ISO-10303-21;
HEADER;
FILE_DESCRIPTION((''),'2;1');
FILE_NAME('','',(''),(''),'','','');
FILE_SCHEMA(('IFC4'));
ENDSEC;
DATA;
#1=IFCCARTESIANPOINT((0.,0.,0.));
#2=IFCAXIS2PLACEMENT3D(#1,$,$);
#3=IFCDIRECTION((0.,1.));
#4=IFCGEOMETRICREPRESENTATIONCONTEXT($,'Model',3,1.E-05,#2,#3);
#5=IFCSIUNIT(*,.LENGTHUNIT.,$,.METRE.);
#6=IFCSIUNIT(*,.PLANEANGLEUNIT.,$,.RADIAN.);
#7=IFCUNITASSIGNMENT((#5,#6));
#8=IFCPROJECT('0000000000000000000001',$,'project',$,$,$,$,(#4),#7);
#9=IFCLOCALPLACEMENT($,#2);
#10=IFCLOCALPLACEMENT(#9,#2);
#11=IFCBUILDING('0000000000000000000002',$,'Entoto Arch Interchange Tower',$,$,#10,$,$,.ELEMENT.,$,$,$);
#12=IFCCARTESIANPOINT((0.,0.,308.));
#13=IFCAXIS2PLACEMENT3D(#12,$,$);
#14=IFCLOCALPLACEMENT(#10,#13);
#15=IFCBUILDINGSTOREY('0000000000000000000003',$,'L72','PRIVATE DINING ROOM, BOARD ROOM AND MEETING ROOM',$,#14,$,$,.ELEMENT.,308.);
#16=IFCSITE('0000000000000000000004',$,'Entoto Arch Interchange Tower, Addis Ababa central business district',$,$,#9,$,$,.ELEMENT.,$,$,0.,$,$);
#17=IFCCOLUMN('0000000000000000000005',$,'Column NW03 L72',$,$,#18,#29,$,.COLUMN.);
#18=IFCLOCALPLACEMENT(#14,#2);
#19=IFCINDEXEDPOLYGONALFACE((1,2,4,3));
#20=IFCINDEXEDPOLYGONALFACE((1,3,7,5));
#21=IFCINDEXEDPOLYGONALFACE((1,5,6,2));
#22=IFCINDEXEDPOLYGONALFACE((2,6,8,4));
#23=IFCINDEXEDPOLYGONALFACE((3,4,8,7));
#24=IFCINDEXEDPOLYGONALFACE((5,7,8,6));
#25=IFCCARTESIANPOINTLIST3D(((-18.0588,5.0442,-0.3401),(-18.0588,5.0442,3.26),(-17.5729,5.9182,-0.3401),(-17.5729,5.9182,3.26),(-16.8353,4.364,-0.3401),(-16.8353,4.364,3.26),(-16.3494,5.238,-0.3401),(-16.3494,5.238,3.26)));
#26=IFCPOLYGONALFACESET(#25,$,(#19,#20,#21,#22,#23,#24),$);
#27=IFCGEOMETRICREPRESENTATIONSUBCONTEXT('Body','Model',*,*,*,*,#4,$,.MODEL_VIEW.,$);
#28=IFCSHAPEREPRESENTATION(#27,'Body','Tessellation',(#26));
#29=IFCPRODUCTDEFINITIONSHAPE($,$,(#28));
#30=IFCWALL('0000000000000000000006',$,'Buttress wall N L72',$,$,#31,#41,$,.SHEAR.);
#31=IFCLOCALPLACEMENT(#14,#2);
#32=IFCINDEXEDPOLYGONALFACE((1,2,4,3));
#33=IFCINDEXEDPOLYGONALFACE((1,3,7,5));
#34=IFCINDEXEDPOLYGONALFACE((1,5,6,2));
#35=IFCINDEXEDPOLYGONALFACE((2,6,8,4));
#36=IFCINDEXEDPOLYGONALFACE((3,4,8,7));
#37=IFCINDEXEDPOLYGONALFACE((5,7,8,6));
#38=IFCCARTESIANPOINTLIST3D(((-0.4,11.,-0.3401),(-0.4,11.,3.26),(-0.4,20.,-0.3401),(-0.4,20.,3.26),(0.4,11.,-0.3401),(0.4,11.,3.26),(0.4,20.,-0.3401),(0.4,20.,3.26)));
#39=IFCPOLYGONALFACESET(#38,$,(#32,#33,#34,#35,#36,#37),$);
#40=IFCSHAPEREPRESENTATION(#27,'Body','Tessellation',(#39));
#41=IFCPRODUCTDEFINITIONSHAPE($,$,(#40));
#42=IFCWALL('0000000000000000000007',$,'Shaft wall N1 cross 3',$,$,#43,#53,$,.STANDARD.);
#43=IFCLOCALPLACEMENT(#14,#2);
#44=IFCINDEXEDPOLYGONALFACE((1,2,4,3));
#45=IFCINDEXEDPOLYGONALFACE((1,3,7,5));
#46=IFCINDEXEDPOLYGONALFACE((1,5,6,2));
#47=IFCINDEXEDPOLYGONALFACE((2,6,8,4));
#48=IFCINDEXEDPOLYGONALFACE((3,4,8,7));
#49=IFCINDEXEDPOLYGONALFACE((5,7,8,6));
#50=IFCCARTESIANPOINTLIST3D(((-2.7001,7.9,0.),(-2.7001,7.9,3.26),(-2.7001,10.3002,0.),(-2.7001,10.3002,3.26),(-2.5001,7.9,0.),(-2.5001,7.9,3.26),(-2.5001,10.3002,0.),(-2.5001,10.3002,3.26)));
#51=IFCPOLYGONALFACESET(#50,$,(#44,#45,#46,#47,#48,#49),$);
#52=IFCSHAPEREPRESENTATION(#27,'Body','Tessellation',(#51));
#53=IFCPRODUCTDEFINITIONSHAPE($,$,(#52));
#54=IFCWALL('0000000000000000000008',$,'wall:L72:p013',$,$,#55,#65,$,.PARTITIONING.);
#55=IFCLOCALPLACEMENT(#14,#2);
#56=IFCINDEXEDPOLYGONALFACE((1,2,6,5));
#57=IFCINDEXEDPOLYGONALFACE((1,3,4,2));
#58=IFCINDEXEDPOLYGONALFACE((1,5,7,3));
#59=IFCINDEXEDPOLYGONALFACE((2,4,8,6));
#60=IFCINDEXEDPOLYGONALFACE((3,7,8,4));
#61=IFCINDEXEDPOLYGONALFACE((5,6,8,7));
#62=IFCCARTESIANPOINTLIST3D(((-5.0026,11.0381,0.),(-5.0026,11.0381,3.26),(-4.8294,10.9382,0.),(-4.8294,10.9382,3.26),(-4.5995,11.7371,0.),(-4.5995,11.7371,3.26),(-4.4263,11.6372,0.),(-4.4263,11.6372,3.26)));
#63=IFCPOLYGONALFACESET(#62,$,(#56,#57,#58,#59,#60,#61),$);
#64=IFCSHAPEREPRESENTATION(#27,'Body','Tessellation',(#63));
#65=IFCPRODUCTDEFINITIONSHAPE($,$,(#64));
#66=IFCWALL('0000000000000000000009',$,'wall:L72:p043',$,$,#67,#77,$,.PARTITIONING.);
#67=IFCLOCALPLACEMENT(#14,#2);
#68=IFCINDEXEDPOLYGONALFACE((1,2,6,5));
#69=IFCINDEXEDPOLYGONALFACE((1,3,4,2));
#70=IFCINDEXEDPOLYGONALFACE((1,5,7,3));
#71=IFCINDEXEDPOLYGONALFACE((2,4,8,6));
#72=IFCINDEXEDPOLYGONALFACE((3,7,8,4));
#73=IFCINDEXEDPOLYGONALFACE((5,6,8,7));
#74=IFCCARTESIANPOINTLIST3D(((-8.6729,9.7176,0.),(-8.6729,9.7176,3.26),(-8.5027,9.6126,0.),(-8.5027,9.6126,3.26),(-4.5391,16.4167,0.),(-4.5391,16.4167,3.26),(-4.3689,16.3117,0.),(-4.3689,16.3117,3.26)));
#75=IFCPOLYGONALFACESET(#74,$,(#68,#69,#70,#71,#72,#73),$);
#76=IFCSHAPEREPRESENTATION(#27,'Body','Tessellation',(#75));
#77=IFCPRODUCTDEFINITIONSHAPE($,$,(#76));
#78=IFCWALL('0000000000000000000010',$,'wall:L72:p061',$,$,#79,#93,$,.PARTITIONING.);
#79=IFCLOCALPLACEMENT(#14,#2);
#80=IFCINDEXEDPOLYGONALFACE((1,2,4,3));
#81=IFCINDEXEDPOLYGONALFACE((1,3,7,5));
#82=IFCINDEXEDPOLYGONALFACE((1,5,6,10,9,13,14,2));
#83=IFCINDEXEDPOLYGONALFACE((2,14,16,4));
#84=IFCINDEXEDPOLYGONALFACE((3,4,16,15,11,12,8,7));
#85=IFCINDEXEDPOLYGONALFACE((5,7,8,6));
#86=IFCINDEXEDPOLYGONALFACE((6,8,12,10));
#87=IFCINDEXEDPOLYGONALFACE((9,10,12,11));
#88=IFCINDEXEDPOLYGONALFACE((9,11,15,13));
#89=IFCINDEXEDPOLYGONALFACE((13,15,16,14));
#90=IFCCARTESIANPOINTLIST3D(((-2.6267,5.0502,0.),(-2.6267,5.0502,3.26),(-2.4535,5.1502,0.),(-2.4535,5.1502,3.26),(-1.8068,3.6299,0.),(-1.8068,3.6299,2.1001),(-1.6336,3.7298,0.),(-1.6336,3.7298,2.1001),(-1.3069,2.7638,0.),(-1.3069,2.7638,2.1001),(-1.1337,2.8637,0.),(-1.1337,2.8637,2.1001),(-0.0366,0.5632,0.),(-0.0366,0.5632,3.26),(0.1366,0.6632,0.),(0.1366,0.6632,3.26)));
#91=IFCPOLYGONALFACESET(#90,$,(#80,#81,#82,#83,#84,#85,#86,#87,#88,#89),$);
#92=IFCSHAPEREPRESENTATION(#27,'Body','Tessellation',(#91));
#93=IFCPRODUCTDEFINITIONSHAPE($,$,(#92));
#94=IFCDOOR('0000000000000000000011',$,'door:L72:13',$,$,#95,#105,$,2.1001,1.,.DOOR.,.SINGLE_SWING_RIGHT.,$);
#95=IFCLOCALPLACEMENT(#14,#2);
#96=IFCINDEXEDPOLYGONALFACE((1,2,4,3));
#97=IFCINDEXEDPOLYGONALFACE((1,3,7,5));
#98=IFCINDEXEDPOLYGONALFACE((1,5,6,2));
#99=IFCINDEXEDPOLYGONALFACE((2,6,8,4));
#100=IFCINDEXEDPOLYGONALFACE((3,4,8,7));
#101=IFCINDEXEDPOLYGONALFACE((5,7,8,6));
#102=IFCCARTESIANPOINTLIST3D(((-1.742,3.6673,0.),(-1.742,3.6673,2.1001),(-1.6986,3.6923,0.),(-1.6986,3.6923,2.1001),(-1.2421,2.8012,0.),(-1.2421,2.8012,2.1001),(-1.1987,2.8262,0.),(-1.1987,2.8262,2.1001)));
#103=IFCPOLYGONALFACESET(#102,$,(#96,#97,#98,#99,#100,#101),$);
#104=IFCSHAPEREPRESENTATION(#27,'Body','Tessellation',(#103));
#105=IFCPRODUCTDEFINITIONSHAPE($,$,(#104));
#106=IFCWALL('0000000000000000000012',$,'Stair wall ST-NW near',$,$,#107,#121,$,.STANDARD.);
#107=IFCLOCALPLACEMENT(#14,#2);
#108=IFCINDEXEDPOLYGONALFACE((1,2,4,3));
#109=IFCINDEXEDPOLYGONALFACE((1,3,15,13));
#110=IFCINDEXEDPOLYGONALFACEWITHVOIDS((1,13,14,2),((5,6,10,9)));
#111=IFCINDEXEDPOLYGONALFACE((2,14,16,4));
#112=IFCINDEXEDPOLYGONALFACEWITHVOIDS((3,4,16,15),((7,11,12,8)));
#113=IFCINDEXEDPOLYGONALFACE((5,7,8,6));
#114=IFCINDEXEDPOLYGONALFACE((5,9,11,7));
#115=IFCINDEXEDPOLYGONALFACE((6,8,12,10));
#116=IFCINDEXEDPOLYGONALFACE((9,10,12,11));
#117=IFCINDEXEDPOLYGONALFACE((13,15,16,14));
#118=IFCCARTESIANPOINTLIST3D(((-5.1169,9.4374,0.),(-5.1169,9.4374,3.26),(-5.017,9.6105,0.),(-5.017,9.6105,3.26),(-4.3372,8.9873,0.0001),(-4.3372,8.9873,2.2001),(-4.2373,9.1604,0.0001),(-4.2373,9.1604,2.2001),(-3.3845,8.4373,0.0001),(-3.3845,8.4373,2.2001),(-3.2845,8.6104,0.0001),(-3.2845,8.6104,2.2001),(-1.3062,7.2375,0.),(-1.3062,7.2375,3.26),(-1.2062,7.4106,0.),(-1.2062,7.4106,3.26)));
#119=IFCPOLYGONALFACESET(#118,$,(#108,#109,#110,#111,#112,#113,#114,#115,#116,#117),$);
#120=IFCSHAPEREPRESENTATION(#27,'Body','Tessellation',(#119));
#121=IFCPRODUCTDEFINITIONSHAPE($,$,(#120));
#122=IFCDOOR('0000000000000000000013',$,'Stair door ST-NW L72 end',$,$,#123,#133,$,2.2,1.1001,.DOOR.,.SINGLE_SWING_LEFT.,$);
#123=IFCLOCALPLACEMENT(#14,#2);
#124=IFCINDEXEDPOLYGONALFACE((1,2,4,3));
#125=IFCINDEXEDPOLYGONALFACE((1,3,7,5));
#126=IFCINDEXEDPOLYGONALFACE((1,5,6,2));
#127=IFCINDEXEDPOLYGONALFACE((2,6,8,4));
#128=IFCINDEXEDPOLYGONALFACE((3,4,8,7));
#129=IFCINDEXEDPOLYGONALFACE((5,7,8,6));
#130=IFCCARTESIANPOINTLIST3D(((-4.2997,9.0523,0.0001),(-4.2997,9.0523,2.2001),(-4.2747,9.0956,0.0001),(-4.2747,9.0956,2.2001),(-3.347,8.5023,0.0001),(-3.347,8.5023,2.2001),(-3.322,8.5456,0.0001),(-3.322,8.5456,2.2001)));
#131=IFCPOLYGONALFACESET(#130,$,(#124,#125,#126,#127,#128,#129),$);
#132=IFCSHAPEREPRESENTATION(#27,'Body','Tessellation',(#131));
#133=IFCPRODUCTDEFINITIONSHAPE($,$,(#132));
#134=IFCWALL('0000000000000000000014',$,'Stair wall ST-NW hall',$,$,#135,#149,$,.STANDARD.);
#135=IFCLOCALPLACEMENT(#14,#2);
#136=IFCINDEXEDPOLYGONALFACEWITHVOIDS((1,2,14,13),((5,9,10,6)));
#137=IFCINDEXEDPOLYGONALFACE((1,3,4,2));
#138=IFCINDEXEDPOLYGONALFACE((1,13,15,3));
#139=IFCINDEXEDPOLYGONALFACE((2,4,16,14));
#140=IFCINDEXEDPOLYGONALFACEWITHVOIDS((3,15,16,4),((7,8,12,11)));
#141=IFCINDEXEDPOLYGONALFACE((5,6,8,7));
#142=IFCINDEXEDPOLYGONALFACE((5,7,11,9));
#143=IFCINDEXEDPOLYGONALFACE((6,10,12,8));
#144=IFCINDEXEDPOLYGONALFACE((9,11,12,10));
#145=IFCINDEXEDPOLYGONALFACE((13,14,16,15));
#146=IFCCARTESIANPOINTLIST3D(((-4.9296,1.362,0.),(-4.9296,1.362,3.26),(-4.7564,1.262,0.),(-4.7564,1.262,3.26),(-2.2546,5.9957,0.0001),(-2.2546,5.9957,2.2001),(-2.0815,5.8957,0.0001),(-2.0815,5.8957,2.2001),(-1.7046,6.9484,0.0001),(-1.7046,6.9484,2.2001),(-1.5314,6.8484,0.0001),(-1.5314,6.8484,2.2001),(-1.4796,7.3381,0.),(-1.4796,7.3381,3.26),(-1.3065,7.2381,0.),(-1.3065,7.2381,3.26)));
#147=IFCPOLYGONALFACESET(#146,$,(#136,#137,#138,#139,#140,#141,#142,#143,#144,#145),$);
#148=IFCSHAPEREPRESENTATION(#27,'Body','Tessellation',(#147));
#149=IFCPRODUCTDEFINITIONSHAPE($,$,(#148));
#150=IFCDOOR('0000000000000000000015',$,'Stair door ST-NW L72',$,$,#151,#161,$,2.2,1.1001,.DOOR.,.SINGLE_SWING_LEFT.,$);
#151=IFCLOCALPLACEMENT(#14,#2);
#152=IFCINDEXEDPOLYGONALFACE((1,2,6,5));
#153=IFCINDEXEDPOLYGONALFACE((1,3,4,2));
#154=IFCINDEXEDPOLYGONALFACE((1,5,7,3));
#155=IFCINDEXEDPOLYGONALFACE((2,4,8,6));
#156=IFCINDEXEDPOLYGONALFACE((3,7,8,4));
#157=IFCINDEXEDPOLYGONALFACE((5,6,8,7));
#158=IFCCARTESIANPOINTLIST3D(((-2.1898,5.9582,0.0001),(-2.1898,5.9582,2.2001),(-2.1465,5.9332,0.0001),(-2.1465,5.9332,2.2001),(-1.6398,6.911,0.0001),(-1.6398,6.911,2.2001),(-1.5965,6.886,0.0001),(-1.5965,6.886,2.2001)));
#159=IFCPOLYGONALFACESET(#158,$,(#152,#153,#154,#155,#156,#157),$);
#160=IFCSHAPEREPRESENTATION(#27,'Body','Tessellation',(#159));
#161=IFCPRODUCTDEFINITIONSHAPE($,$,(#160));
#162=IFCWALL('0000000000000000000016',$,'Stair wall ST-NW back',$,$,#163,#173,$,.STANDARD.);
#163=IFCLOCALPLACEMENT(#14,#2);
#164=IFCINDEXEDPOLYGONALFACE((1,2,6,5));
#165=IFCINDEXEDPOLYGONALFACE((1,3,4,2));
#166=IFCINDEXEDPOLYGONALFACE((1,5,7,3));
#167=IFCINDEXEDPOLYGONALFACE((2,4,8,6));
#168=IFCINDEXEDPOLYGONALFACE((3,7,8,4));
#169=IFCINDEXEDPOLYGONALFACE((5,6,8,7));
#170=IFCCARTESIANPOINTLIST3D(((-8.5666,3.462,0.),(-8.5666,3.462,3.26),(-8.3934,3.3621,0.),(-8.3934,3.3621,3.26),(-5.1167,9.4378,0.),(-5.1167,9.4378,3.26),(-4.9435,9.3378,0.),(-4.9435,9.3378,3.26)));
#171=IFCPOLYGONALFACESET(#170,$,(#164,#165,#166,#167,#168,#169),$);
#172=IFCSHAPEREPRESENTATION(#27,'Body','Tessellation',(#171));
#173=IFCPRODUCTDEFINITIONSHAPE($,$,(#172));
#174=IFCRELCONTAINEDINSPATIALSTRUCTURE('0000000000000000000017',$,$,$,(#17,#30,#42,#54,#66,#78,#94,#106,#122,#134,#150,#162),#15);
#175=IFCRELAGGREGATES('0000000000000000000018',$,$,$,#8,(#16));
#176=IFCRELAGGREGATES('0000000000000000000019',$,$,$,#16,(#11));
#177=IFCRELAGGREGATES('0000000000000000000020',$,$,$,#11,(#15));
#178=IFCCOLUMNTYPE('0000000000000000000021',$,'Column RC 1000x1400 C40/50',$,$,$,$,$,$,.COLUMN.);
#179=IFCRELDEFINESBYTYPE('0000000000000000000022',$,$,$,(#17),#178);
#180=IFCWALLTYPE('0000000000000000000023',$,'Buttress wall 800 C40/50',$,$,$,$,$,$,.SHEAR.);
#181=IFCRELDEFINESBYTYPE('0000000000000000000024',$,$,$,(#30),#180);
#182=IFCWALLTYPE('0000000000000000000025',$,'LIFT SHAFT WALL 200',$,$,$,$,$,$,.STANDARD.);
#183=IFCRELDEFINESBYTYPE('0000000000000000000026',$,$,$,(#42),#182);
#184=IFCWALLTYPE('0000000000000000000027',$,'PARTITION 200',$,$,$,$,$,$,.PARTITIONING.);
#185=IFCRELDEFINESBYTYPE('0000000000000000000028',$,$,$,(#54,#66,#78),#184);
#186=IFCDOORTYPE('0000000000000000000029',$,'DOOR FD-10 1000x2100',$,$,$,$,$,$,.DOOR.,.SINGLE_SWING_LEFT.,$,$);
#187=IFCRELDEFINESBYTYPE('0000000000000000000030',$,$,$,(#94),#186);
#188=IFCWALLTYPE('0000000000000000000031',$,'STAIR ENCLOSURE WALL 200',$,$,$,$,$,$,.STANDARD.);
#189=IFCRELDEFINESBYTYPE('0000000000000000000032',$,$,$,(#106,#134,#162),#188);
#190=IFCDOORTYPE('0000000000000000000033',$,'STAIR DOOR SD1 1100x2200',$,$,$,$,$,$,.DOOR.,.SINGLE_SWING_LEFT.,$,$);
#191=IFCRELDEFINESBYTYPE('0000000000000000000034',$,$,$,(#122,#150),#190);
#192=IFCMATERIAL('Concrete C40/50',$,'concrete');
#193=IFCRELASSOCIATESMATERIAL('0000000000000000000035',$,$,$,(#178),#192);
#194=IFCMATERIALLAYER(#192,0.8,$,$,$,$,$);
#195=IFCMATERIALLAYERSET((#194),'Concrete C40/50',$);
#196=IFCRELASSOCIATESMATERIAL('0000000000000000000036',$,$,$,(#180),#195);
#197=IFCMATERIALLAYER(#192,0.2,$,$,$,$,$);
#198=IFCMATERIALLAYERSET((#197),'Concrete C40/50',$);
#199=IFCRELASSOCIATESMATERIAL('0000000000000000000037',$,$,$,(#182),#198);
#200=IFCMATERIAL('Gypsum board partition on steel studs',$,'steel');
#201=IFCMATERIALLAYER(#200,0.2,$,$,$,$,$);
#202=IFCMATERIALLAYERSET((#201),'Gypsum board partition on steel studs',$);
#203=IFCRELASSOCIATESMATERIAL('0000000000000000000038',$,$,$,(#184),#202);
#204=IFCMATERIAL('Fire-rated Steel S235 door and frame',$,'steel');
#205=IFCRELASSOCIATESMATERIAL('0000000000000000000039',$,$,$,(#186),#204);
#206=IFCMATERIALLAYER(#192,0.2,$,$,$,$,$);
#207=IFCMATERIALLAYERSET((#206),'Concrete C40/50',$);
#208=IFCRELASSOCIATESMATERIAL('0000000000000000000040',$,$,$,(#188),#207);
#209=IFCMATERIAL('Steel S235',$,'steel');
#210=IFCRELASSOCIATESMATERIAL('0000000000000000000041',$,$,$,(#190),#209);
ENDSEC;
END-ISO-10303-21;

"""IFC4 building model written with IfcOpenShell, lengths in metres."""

from ifc_helpers import new_model, si_unit, direction, frame, frame_2d, origin, origin_2d, place, context, subcontext, project, spatial, rectangle, extrude, material, layer, layer_set, material_profile, profile_set, type_object, element, fill, save


model = new_model("IFC4")

# Units and contexts
model_context = context("Model", 3, precision=1e-05, world=origin(), true_north=direction((0.0, 1.0)))
body_context = subcontext(model_context, "Body", "Model", "MODEL_VIEW")
ifc_project = project(units=[si_unit("LENGTHUNIT", "METRE"), si_unit("PLANEANGLEUNIT", "RADIAN")], contexts=[model_context])

# Site, building, storey
site_placement = place(None, origin())
site = spatial("IfcSite", under=ifc_project, at=site_placement, Name="Entoto Arch Interchange Tower, Addis Ababa central business district", CompositionType="ELEMENT", RefElevation=0.0)
building_placement = place(site_placement, origin())
building = spatial("IfcBuilding", under=site, at=building_placement, Name="Entoto Arch Interchange Tower", CompositionType="ELEMENT")
storey_placement = place(building_placement, frame((0.0, 0.0, 308.0)))
storey = spatial("IfcBuildingStorey", under=building, at=storey_placement, Name="L72", Description="PRIVATE DINING ROOM, BOARD ROOM AND MEETING ROOM", CompositionType="ELEMENT", Elevation=308.0)

# Column
ifc_material_1 = material(Name="Concrete C40/50", Category="concrete")
ifc_material_profile = material_profile(ifc_material_1, rectangle(XDim=1.0, YDim=1.3999, at=origin_2d()))
ifc_profile_set = profile_set([ifc_material_profile], Name="Concrete C40/50")
column_type = type_object("IfcColumnType", Name="Column RC 1000x1400 C40/50", PredefinedType="COLUMN", material=ifc_profile_set)
column_placement = place(storey_placement, frame((-17.2041, 5.1411, -0.3401), z_axis=(0.0, 0.0, 1.0), x_axis=(0.485924, 0.874001, 0.0)))
element("IfcColumn", 1, at=column_placement, inside=storey, type_object=column_type, Name="Column NW03 L72", PredefinedType="COLUMN", context=body_context, shape_type="SweptSolid", body=[
    extrude(rectangle(XDim=1.0, YDim=1.3999, at=origin_2d()), origin(), (0.0, 0.0, 1.0), 3.6001),
])

# Walls
ifc_layer_1 = layer(ifc_material_1, 0.8)
ifc_layer_set_1 = layer_set([ifc_layer_1], Name="Concrete C40/50")
wall_type_1 = type_object("IfcWallType", Name="Buttress wall 800 C40/50", PredefinedType="SHEAR", material=ifc_layer_set_1)
wall_1_placement = place(storey_placement, frame((0.0, 11.0, -0.3401), z_axis=(0.0, 0.0, 1.0), x_axis=(0.0, 1.0, 0.0)))
element("IfcWall", 2, at=wall_1_placement, inside=storey, type_object=wall_type_1, Name="Buttress wall N L72", PredefinedType="SHEAR", context=body_context, shape_type="SweptSolid", body=[
    extrude(rectangle(XDim=9.0, YDim=0.8, at=frame_2d((4.5, 0.0))), origin(), (0.0, 0.0, 1.0), 3.6001),
])
ifc_layer_2 = layer(ifc_material_1, 0.2)
ifc_layer_set_2 = layer_set([ifc_layer_2], Name="Concrete C40/50")
wall_type_2 = type_object("IfcWallType", Name="LIFT SHAFT WALL 200", PredefinedType="STANDARD", material=ifc_layer_set_2)
wall_2_placement = place(storey_placement, frame((-2.6001, 7.8999, 0.0), z_axis=(0.0, 0.0, 1.0), x_axis=(0.0, 1.0, 0.0)))
element("IfcWall", 3, at=wall_2_placement, inside=storey, type_object=wall_type_2, Name="Shaft wall N1 cross 3", PredefinedType="STANDARD", context=body_context, shape_type="SweptSolid", body=[
    extrude(rectangle(XDim=2.4001, YDim=0.2, at=frame_2d((1.2002, 0.0))), origin(), (0.0, 0.0, 1.0), 3.26),
])
ifc_material_2 = material(Name="Gypsum board partition on steel studs", Category="steel")
ifc_layer_3 = layer(ifc_material_2, 0.2)
ifc_layer_set_3 = layer_set([ifc_layer_3], Name="Gypsum board partition on steel studs")
wall_type_3 = type_object("IfcWallType", Name="PARTITION 200", PredefinedType="PARTITIONING", material=ifc_layer_set_3)
wall_3_placement = place(storey_placement, frame((-4.5129, 11.687, 0.0), z_axis=(0.0, 0.0, 1.0), x_axis=(-0.499557, -0.866281, 0.0)))
element("IfcWall", 4, at=wall_3_placement, inside=storey, type_object=wall_type_3, Name="wall:L72:p013", PredefinedType="PARTITIONING", context=body_context, shape_type="SweptSolid", body=[
    extrude(rectangle(XDim=0.8069, YDim=0.2, at=frame_2d((0.4033, 0.0))), origin(), (0.0, 0.0, 1.0), 3.26),
])
wall_4_placement = place(storey_placement, frame((-8.5879, 9.665, 0.0), z_axis=(0.0, 0.0, 1.0), x_axis=(0.525142, 0.851014, 0.0)))
element("IfcWall", 5, at=wall_4_placement, inside=storey, type_object=wall_type_3, Name="wall:L72:p043", PredefinedType="PARTITIONING", context=body_context, shape_type="SweptSolid", body=[
    extrude(rectangle(XDim=7.8718, YDim=0.2, at=frame_2d((3.936, 0.0))), origin(), (0.0, 0.0, 1.0), 3.26),
])

# Walls, openings, doors
wall_5_placement = place(storey_placement, frame((-2.54, 5.1001, 0.0), z_axis=(0.0, 0.0, 1.0), x_axis=(0.499925, -0.866069, 0.0)))
wall_5 = element("IfcWall", 6, at=wall_5_placement, inside=storey, type_object=wall_type_3, Name="wall:L72:p061", PredefinedType="PARTITIONING", context=body_context, shape_type="SweptSolid", body=[
    extrude(rectangle(XDim=5.1809, YDim=0.2, at=frame_2d((2.5903, 0.0))), origin(), (0.0, 0.0, 1.0), 3.26),
])
opening_1_placement = place(wall_5_placement, frame((1.6399, 0.0, 0.0)))
opening_1 = element("IfcOpeningElement", 7, at=opening_1_placement, cuts=wall_5, PredefinedType="OPENING", context=body_context, shape_type="SweptSolid", body=[
    extrude(rectangle(XDim=1.0, YDim=2.1001, at=frame_2d((0.5, 1.05))), frame((0.0, 0.1099, 0.0), z_axis=(0.0, -1.0, 0.0), x_axis=(1.0, 0.0, 0.0)), (0.0, 0.0, 1.0), 0.22),
])
ifc_material_3 = material(Name="Fire-rated Steel S235 door and frame", Category="steel")
door_type_1 = type_object("IfcDoorType", Name="DOOR FD-10 1000x2100", OperationType="SINGLE_SWING_LEFT", PredefinedType="DOOR", material=ifc_material_3)
door_1_placement = place(opening_1_placement, origin())
door_1 = element("IfcDoor", 8, at=door_1_placement, inside=storey, type_object=door_type_1, Name="door:L72:13", OperationType="SINGLE_SWING_RIGHT", OverallHeight=2.1001, OverallWidth=1.0, PredefinedType="DOOR", context=body_context, shape_type="SweptSolid", body=[
    extrude(rectangle(XDim=1.0, YDim=2.1001, at=frame_2d((0.5, 1.05))), frame((0.0, 0.0249, 0.0), z_axis=(0.0, -1.0, 0.0), x_axis=(1.0, 0.0, 0.0)), (0.0, 0.0, 1.0), 0.05),
])
fill(opening_1, door_1)
ifc_layer_4 = layer(ifc_material_1, 0.2)
ifc_layer_set_4 = layer_set([ifc_layer_4], Name="Concrete C40/50")
wall_type_4 = type_object("IfcWallType", Name="STAIR ENCLOSURE WALL 200", PredefinedType="STANDARD", material=ifc_layer_set_4)
wall_6_placement = place(storey_placement, frame((-1.2561, 7.324, 0.0), z_axis=(0.0, 0.0, 1.0), x_axis=(-0.866046, 0.499964, 0.0)))
wall_6 = element("IfcWall", 9, at=wall_6_placement, inside=storey, type_object=wall_type_4, Name="Stair wall ST-NW near", PredefinedType="STANDARD", context=body_context, shape_type="SweptSolid", body=[
    extrude(rectangle(XDim=4.4001, YDim=0.2, at=frame_2d((2.2002, 0.0))), origin(), (0.0, 0.0, 1.0), 3.26),
])
opening_2_placement = place(wall_6_placement, frame((2.3999, 0.0, 0.0)))
opening_2 = element("IfcOpeningElement", 10, at=opening_2_placement, cuts=wall_6, PredefinedType="OPENING", context=body_context, shape_type="SweptSolid", body=[
    extrude(rectangle(XDim=1.1001, YDim=2.2, at=frame_2d((0.55, 1.1001))), frame((0.0, 0.1099, 0.0), z_axis=(0.0, -1.0, 0.0), x_axis=(1.0, 0.0, 0.0)), (0.0, 0.0, 1.0), 0.22),
])
ifc_material_4 = material(Name="Steel S235", Category="steel")
door_type_2 = type_object("IfcDoorType", Name="STAIR DOOR SD1 1100x2200", OperationType="SINGLE_SWING_LEFT", PredefinedType="DOOR", material=ifc_material_4)
door_2_placement = place(opening_2_placement, origin())
door_2 = element("IfcDoor", 11, at=door_2_placement, inside=storey, type_object=door_type_2, Name="Stair door ST-NW L72 end", OperationType="SINGLE_SWING_LEFT", OverallHeight=2.2, OverallWidth=1.1001, PredefinedType="DOOR", context=body_context, shape_type="SweptSolid", body=[
    extrude(rectangle(XDim=1.1001, YDim=2.2, at=frame_2d((0.55, 1.1001))), frame((0.0, 0.0249, 0.0), z_axis=(0.0, -1.0, 0.0), x_axis=(1.0, 0.0, 0.0)), (0.0, 0.0, 1.0), 0.05),
])
fill(opening_2, door_2)
wall_7_placement = place(storey_placement, frame((-1.3931, 7.2881, 0.0), z_axis=(0.0, 0.0, 1.0), x_axis=(-0.499963, -0.866047, 0.0)))
wall_7 = element("IfcWall", 12, at=wall_7_placement, inside=storey, type_object=wall_type_4, Name="Stair wall ST-NW hall", PredefinedType="STANDARD", context=body_context, shape_type="SweptSolid", body=[
    extrude(rectangle(XDim=6.9004, YDim=0.2, at=frame_2d((3.4502, 0.0))), origin(), (0.0, 0.0, 1.0), 3.26),
])
opening_3_placement = place(wall_7_placement, frame((0.45, 0.0, 0.0)))
opening_3 = element("IfcOpeningElement", 13, at=opening_3_placement, cuts=wall_7, PredefinedType="OPENING", context=body_context, shape_type="SweptSolid", body=[
    extrude(rectangle(XDim=1.1001, YDim=2.2, at=frame_2d((0.55, 1.1001))), frame((0.0, 0.1099, 0.0), z_axis=(0.0, -1.0, 0.0), x_axis=(1.0, 0.0, 0.0)), (0.0, 0.0, 1.0), 0.22),
])
door_3_placement = place(opening_3_placement, origin())
door_3 = element("IfcDoor", 14, at=door_3_placement, inside=storey, type_object=door_type_2, Name="Stair door ST-NW L72", OperationType="SINGLE_SWING_LEFT", OverallHeight=2.2, OverallWidth=1.1001, PredefinedType="DOOR", context=body_context, shape_type="SweptSolid", body=[
    extrude(rectangle(XDim=1.1001, YDim=2.2, at=frame_2d((0.55, 1.1001))), frame((0.0, 0.0249, 0.0), z_axis=(0.0, -1.0, 0.0), x_axis=(1.0, 0.0, 0.0)), (0.0, 0.0, 1.0), 0.05),
])
fill(opening_3, door_3)

# Wall
wall_8_placement = place(storey_placement, frame((-5.03, 9.3879, 0.0), z_axis=(0.0, 0.0, 1.0), x_axis=(-0.499979, -0.866038, 0.0)))
element("IfcWall", 15, at=wall_8_placement, inside=storey, type_object=wall_type_4, Name="Stair wall ST-NW back", PredefinedType="STANDARD", context=body_context, shape_type="SweptSolid", body=[
    extrude(rectangle(XDim=6.9001, YDim=0.2, at=frame_2d((3.4502, 0.0))), origin(), (0.0, 0.0, 1.0), 3.26),
])

save(model, "model.ifc")
